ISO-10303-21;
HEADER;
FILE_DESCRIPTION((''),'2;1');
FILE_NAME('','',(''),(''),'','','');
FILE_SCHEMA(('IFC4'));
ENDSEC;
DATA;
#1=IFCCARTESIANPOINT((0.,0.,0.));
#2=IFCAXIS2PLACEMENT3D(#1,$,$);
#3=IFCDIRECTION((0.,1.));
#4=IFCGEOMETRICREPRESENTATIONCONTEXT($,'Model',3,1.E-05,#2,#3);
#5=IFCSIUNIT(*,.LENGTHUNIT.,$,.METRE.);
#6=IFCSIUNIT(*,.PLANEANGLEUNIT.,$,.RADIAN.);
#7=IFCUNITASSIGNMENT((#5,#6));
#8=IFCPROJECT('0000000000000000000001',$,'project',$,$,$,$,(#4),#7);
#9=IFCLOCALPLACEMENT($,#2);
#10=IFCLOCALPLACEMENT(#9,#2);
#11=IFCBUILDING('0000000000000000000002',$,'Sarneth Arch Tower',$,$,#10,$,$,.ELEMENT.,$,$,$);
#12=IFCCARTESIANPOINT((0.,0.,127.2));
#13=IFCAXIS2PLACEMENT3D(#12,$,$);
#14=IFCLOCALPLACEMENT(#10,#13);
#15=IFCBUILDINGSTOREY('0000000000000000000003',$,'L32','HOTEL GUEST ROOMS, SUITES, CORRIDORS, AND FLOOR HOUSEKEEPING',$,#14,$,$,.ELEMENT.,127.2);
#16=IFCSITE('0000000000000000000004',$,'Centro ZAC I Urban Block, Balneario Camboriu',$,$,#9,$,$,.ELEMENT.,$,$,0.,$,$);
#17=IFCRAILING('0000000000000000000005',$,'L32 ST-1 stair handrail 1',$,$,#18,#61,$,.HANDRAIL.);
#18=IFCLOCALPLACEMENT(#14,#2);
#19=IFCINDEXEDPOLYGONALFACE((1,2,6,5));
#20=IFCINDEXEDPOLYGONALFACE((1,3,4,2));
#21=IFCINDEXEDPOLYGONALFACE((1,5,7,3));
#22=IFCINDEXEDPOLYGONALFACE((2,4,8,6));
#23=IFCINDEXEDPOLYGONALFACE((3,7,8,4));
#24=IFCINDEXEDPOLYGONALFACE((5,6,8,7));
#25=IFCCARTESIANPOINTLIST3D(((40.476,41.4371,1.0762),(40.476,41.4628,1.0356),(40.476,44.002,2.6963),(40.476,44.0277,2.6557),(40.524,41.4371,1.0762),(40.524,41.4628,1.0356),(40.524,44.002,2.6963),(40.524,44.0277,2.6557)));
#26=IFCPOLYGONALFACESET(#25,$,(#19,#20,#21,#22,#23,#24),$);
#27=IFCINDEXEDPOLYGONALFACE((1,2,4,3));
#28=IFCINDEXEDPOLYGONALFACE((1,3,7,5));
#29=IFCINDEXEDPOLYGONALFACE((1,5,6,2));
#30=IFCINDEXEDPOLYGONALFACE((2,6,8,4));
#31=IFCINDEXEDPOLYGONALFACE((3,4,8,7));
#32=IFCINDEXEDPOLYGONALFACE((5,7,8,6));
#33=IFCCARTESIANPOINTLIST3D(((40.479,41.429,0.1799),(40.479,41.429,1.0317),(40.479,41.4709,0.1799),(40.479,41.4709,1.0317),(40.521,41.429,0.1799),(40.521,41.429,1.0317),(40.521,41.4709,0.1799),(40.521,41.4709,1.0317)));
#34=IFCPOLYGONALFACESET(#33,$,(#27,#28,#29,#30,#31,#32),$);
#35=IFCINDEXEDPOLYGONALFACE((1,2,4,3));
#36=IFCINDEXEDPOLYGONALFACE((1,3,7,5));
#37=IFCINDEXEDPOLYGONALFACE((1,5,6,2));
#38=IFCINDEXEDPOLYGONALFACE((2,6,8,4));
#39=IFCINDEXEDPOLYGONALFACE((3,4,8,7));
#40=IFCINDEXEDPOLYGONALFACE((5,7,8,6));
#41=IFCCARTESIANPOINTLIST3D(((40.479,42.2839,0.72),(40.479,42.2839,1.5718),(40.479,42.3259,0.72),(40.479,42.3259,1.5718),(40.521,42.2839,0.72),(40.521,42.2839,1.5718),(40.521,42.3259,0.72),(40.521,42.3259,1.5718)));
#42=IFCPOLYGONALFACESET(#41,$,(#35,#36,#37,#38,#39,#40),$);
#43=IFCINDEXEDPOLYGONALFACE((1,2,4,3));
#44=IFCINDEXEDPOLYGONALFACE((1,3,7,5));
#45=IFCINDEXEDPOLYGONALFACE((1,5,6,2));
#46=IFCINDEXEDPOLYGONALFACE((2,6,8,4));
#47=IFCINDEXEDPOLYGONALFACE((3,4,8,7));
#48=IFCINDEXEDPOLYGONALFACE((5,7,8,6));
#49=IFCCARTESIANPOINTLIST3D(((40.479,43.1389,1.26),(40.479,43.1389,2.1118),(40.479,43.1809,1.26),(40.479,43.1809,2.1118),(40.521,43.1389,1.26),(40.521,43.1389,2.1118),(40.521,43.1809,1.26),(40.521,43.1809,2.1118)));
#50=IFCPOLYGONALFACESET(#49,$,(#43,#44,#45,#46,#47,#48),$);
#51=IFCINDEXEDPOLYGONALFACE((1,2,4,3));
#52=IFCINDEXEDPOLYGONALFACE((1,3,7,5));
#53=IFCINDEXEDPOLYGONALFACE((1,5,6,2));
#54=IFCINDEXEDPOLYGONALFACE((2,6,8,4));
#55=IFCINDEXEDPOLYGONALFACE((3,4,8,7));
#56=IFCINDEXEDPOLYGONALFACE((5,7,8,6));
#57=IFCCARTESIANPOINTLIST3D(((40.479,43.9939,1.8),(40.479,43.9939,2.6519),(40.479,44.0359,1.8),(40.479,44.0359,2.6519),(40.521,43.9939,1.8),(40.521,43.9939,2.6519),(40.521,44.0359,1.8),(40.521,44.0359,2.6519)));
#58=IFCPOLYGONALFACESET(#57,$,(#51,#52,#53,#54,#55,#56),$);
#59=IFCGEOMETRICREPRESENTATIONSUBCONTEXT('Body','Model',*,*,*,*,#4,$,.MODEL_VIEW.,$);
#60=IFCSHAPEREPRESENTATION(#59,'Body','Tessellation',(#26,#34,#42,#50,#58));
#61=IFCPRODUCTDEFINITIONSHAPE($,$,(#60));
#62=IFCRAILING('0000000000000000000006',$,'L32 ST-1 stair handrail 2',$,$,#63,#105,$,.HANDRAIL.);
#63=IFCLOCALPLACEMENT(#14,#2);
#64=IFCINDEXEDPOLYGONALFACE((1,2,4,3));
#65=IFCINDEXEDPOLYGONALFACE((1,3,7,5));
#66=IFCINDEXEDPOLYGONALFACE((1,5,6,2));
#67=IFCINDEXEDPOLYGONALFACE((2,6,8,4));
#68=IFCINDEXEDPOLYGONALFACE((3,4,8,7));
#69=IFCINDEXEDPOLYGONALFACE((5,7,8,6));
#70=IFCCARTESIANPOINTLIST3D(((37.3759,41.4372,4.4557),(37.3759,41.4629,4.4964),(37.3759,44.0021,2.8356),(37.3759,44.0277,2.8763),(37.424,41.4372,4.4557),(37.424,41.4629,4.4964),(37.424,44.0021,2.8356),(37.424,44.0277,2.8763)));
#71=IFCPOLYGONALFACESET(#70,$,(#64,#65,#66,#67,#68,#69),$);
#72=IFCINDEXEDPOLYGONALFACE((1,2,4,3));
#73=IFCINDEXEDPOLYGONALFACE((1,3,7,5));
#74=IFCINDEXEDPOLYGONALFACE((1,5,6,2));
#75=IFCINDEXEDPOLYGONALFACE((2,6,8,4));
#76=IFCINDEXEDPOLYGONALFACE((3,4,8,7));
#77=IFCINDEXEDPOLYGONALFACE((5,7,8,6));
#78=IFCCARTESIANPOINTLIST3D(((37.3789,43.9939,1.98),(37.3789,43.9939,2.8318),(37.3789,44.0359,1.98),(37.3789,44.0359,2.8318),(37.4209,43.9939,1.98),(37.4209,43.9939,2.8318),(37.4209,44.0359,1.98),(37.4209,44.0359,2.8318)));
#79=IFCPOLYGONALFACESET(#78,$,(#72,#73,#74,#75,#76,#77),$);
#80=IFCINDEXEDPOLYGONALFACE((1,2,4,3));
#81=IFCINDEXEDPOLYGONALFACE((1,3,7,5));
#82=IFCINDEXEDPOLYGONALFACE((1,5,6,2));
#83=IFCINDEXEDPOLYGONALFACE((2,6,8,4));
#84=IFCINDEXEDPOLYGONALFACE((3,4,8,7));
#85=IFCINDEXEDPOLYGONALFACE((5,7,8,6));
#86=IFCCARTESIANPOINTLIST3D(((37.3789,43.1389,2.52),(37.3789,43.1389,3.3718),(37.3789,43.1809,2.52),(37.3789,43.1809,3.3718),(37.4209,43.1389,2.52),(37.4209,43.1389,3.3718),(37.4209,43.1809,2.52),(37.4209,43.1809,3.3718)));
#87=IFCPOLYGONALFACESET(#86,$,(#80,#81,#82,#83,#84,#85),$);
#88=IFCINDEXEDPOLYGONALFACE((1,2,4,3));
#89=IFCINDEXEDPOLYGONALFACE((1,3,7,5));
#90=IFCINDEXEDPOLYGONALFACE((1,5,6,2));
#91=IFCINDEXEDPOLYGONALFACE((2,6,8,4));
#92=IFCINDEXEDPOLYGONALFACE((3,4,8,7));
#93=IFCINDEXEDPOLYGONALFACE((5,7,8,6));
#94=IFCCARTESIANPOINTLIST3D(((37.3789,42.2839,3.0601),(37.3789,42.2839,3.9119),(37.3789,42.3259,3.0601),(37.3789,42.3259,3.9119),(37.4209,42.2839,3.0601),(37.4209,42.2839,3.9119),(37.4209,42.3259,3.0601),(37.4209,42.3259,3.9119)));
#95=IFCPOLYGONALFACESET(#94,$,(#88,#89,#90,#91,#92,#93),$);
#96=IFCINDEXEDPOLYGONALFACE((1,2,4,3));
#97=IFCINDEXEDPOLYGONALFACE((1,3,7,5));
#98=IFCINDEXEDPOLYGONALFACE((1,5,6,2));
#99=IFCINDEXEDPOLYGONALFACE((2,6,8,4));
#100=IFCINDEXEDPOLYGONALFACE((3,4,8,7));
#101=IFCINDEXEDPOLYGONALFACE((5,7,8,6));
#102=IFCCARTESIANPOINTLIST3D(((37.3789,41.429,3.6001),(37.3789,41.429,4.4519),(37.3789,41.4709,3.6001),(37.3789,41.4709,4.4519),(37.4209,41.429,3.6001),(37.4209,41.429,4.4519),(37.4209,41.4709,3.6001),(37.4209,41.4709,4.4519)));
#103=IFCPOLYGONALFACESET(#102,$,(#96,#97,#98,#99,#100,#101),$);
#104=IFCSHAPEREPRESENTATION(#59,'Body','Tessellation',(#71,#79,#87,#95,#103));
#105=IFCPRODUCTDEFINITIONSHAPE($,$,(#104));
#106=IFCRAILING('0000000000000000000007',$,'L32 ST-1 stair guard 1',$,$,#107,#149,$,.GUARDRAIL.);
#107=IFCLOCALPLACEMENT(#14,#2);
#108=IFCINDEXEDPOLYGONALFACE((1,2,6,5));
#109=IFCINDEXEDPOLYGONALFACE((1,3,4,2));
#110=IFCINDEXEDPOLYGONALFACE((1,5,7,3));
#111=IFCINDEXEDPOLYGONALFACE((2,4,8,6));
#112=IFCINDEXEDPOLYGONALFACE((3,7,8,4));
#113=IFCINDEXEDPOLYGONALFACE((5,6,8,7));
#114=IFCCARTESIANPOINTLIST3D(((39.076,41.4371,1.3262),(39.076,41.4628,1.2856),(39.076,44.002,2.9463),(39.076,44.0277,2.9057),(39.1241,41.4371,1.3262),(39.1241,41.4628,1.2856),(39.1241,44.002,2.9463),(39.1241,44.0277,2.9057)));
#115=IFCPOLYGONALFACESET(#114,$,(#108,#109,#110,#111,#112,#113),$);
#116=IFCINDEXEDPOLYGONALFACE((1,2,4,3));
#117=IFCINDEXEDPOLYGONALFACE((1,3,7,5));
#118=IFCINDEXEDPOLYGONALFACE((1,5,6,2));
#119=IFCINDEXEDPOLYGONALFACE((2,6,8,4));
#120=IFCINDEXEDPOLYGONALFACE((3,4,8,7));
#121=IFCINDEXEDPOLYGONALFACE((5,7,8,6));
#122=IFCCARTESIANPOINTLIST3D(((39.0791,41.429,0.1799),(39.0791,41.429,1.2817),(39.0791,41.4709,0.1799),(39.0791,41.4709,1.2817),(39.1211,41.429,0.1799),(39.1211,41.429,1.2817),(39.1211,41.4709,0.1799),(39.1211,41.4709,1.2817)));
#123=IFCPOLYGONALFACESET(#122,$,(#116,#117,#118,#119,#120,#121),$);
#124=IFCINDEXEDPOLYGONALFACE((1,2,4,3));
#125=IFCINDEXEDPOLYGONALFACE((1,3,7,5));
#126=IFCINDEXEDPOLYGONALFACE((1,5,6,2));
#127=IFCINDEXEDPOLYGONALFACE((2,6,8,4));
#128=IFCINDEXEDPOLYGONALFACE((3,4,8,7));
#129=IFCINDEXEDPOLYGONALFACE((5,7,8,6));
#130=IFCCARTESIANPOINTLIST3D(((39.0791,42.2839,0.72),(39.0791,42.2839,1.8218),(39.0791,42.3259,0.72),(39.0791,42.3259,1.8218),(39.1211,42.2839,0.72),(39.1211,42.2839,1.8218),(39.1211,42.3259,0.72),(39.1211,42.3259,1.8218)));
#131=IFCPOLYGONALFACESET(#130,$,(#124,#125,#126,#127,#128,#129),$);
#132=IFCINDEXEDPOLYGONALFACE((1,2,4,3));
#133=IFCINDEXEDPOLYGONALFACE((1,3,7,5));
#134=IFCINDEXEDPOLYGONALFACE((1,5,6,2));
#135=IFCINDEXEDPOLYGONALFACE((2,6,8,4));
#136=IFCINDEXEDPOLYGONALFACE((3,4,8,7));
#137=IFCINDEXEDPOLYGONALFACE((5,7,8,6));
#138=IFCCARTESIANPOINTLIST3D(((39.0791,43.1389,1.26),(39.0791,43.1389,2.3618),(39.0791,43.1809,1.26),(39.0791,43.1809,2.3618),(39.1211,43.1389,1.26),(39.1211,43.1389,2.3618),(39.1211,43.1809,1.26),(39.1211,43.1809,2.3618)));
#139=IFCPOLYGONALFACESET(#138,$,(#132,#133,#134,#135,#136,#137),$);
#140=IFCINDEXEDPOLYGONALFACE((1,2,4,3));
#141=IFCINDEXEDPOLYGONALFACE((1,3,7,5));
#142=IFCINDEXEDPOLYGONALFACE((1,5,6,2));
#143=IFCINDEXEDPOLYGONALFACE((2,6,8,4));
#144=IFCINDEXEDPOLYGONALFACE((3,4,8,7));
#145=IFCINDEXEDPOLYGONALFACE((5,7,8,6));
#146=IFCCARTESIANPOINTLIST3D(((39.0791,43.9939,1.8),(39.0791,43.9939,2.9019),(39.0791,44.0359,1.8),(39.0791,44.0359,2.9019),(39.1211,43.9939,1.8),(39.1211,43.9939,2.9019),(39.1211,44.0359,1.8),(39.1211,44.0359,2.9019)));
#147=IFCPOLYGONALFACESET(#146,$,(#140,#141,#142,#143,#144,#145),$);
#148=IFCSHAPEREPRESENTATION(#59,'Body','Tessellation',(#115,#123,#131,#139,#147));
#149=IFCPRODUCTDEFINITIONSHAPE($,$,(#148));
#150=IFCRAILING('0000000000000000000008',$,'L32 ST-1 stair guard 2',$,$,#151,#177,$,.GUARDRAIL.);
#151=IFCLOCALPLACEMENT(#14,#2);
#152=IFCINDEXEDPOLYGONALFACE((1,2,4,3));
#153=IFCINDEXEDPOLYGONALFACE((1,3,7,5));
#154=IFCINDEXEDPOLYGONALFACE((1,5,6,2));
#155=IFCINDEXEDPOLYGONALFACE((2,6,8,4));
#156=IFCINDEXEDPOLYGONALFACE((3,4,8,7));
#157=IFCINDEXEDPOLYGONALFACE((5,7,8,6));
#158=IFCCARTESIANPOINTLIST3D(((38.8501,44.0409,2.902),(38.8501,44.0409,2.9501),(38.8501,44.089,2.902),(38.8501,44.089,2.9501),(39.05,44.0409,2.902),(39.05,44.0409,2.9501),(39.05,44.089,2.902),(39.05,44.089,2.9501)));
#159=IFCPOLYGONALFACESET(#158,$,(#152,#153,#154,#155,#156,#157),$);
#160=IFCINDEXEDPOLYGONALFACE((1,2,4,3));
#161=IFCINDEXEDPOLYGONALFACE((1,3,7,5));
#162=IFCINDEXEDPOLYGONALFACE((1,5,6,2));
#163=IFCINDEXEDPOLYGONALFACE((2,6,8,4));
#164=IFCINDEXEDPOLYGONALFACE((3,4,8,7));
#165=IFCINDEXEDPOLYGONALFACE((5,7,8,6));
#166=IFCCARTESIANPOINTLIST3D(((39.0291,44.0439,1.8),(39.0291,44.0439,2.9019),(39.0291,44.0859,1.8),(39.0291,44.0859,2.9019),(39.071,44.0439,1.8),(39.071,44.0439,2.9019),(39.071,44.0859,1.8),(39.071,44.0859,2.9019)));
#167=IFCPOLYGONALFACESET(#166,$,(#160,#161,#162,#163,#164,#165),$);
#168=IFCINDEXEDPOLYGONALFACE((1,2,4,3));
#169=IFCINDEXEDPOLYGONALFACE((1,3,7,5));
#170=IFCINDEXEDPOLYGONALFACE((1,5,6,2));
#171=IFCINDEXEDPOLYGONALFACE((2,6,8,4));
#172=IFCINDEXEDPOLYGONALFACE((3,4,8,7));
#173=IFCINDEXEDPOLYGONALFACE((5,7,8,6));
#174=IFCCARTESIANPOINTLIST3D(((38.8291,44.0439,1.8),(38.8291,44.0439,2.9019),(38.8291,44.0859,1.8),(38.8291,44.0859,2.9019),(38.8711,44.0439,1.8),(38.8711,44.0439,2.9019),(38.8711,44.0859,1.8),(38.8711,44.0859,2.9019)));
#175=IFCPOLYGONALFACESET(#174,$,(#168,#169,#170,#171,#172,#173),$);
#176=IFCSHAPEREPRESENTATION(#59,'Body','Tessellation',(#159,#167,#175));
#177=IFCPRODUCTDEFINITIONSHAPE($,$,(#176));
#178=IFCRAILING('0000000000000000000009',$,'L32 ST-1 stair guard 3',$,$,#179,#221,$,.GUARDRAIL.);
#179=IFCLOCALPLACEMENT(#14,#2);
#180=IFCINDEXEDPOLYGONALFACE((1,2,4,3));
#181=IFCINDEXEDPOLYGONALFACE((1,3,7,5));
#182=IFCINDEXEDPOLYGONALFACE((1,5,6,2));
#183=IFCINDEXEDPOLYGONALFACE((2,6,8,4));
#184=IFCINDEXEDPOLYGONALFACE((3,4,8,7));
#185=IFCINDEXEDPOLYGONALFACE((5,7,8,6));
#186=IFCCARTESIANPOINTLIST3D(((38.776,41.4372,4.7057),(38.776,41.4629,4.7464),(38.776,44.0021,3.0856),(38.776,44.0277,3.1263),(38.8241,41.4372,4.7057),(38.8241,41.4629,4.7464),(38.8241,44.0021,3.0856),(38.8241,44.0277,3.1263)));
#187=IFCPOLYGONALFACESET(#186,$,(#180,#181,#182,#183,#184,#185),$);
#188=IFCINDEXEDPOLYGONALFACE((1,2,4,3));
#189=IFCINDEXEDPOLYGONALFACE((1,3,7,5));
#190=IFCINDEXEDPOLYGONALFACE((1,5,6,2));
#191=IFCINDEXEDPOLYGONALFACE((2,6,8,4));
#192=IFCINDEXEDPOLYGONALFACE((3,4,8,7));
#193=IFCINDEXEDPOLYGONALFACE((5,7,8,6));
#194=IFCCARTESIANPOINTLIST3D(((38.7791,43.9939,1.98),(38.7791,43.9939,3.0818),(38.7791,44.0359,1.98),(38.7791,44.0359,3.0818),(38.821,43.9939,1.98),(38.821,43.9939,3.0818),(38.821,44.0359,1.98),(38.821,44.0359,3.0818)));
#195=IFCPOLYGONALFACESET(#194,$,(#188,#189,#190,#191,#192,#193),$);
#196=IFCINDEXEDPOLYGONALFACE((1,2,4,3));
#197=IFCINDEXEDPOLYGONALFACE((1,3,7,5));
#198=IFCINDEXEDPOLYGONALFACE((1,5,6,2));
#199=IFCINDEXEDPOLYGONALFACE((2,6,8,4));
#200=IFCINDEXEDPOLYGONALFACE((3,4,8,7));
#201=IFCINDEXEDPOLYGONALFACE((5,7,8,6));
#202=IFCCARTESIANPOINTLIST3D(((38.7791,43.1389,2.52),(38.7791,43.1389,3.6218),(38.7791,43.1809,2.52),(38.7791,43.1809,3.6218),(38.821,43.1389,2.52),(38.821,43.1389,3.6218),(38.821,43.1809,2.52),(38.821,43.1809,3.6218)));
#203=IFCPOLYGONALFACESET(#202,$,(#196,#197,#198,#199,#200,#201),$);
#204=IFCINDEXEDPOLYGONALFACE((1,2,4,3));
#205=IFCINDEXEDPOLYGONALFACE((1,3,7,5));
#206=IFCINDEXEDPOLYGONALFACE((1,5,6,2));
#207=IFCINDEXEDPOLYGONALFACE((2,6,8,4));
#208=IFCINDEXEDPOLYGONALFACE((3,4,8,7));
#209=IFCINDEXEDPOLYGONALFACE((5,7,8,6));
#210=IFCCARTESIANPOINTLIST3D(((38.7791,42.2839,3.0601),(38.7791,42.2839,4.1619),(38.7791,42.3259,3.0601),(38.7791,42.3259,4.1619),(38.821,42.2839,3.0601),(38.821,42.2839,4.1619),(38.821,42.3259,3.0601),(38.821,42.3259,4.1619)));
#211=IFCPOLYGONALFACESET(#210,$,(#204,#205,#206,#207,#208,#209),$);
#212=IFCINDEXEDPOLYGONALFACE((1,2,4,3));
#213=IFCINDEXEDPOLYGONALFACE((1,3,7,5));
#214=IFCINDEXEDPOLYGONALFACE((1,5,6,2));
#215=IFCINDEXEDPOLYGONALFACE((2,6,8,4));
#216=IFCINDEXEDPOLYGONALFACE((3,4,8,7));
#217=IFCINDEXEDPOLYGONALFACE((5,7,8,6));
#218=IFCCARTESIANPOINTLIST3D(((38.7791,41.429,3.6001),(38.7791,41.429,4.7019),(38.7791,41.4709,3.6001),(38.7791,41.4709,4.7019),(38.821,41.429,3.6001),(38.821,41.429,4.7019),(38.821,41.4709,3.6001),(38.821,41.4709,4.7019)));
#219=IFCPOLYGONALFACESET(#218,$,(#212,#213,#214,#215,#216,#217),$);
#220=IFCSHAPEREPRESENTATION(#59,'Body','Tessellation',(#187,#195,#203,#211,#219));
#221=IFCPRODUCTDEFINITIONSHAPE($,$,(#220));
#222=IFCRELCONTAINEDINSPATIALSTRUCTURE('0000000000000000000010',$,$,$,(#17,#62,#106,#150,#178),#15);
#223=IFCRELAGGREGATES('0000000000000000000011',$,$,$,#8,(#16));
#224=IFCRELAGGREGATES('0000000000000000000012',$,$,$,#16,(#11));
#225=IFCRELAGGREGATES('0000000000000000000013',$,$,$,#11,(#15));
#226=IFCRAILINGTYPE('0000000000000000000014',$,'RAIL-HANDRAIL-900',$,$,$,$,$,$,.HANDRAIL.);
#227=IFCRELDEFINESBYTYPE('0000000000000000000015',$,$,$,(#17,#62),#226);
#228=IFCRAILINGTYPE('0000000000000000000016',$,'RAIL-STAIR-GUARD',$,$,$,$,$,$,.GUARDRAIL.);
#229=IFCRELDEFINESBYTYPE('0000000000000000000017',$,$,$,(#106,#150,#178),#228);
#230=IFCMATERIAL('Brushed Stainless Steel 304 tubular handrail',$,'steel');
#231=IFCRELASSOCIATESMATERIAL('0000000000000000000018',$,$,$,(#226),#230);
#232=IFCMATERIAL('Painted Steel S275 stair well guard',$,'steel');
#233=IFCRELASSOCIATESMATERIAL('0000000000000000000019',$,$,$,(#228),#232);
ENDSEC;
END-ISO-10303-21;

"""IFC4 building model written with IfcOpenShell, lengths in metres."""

from ifc_helpers import new_model, si_unit, direction, frame, origin, origin_2d, place, context, subcontext, project, spatial, rectangle, extrude, material, type_object, element, save


model = new_model("IFC4")

# Units and contexts
model_context = context("Model", 3, precision=1e-05, world=origin(), true_north=direction((0.0, 1.0)))
body_context = subcontext(model_context, "Body", "Model", "MODEL_VIEW")
ifc_project = project(units=[si_unit("LENGTHUNIT", "METRE"), si_unit("PLANEANGLEUNIT", "RADIAN")], contexts=[model_context])

# Site, building, storey
site_placement = place(None, origin())
site = spatial("IfcSite", under=ifc_project, at=site_placement, Name="Centro ZAC I Urban Block, Balneario Camboriu", CompositionType="ELEMENT", RefElevation=0.0)
building_placement = place(site_placement, origin())
building = spatial("IfcBuilding", under=site, at=building_placement, Name="Sarneth Arch Tower", CompositionType="ELEMENT")
storey_placement = place(building_placement, frame((0.0, 0.0, 127.2)))
storey = spatial("IfcBuildingStorey", under=building, at=storey_placement, Name="L32", Description="HOTEL GUEST ROOMS, SUITES, CORRIDORS, AND FLOOR HOUSEKEEPING", CompositionType="ELEMENT", Elevation=127.2)

# Railings
ifc_material_1 = material(Name="Brushed Stainless Steel 304 tubular handrail", Category="steel")
railing_type_1 = type_object("IfcRailingType", Name="RAIL-HANDRAIL-900", PredefinedType="HANDRAIL", material=ifc_material_1)
railing_1_placement = place(storey_placement, frame((40.5, 41.45, 0.1799)))
element("IfcRailing", 1, at=railing_1_placement, inside=storey, type_object=railing_type_1, Name="L32 ST-1 stair handrail 1", PredefinedType="HANDRAIL", context=body_context, shape_type="SweptSolid", body=[
    extrude(rectangle(XDim=0.0481, YDim=0.0481, at=origin_2d()), frame((0.0, 0.0, 0.876), z_axis=(0.0, 0.845466, 0.534029), x_axis=(-1.0, 0.0, 0.0)), (0.0, 0.0, 1.0), 3.0337),
    extrude(rectangle(XDim=0.042, YDim=0.042, at=origin_2d()), origin(), (0.0, 0.0, 1.0), 0.8518),
    extrude(rectangle(XDim=0.042, YDim=0.042, at=origin_2d()), frame((0.0, 0.855, 0.54)), (0.0, 0.0, 1.0), 0.8518),
    extrude(rectangle(XDim=0.042, YDim=0.042, at=origin_2d()), frame((0.0, 1.71, 1.0801)), (0.0, 0.0, 1.0), 0.8518),
    extrude(rectangle(XDim=0.042, YDim=0.042, at=origin_2d()), frame((0.0, 2.5649, 1.6201)), (0.0, 0.0, 1.0), 0.8518),
])
railing_2_placement = place(storey_placement, frame((37.3999, 44.0149, 1.98)))
element("IfcRailing", 2, at=railing_2_placement, inside=storey, type_object=railing_type_1, Name="L32 ST-1 stair handrail 2", PredefinedType="HANDRAIL", context=body_context, shape_type="SweptSolid", body=[
    extrude(rectangle(XDim=0.0481, YDim=0.0481, at=origin_2d()), frame((0.0, 0.0, 0.876), z_axis=(0.0, -0.845466, 0.534029), x_axis=(1.0, 0.0, 0.0)), (0.0, 0.0, 1.0), 3.0337),
    extrude(rectangle(XDim=0.042, YDim=0.042, at=origin_2d()), origin(), (0.0, 0.0, 1.0), 0.8518),
    extrude(rectangle(XDim=0.042, YDim=0.042, at=origin_2d()), frame((0.0, -0.855, 0.54)), (0.0, 0.0, 1.0), 0.8518),
    extrude(rectangle(XDim=0.042, YDim=0.042, at=origin_2d()), frame((0.0, -1.71, 1.0801)), (0.0, 0.0, 1.0), 0.8518),
    extrude(rectangle(XDim=0.042, YDim=0.042, at=origin_2d()), frame((0.0, -2.5649, 1.6201)), (0.0, 0.0, 1.0), 0.8518),
])
ifc_material_2 = material(Name="Painted Steel S275 stair well guard", Category="steel")
railing_type_2 = type_object("IfcRailingType", Name="RAIL-STAIR-GUARD", PredefinedType="GUARDRAIL", material=ifc_material_2)
railing_3_placement = place(storey_placement, frame((39.1001, 41.45, 0.1799)))
element("IfcRailing", 3, at=railing_3_placement, inside=storey, type_object=railing_type_2, Name="L32 ST-1 stair guard 1", PredefinedType="GUARDRAIL", context=body_context, shape_type="SweptSolid", body=[
    extrude(rectangle(XDim=0.0481, YDim=0.0481, at=origin_2d()), frame((0.0, 0.0, 1.126), z_axis=(0.0, 0.845466, 0.534029), x_axis=(-1.0, 0.0, 0.0)), (0.0, 0.0, 1.0), 3.0337),
    extrude(rectangle(XDim=0.042, YDim=0.042, at=origin_2d()), origin(), (0.0, 0.0, 1.0), 1.1018),
    extrude(rectangle(XDim=0.042, YDim=0.042, at=origin_2d()), frame((0.0, 0.855, 0.54)), (0.0, 0.0, 1.0), 1.1018),
    extrude(rectangle(XDim=0.042, YDim=0.042, at=origin_2d()), frame((0.0, 1.71, 1.0801)), (0.0, 0.0, 1.0), 1.1018),
    extrude(rectangle(XDim=0.042, YDim=0.042, at=origin_2d()), frame((0.0, 2.5649, 1.6201)), (0.0, 0.0, 1.0), 1.1018),
])
railing_4_placement = place(storey_placement, frame((39.05, 44.0649, 1.8)))
element("IfcRailing", 4, at=railing_4_placement, inside=storey, type_object=railing_type_2, Name="L32 ST-1 stair guard 2", PredefinedType="GUARDRAIL", context=body_context, shape_type="SweptSolid", body=[
    extrude(rectangle(XDim=0.0481, YDim=0.0481, at=origin_2d()), frame((0.0, 0.0, 1.126), z_axis=(-1.0, 0.0, 0.0), x_axis=(0.0, -1.0, 0.0)), (0.0, 0.0, 1.0), 0.2),
    extrude(rectangle(XDim=0.042, YDim=0.042, at=origin_2d()), origin(), (0.0, 0.0, 1.0), 1.1018),
    extrude(rectangle(XDim=0.042, YDim=0.042, at=origin_2d()), frame((-0.2, 0.0, 0.0)), (0.0, 0.0, 1.0), 1.1018),
])
railing_5_placement = place(storey_placement, frame((38.8, 44.0149, 1.98)))
element("IfcRailing", 5, at=railing_5_placement, inside=storey, type_object=railing_type_2, Name="L32 ST-1 stair guard 3", PredefinedType="GUARDRAIL", context=body_context, shape_type="SweptSolid", body=[
    extrude(rectangle(XDim=0.0481, YDim=0.0481, at=origin_2d()), frame((0.0, 0.0, 1.126), z_axis=(0.0, -0.845466, 0.534029), x_axis=(1.0, 0.0, 0.0)), (0.0, 0.0, 1.0), 3.0337),
    extrude(rectangle(XDim=0.042, YDim=0.042, at=origin_2d()), origin(), (0.0, 0.0, 1.0), 1.1018),
    extrude(rectangle(XDim=0.042, YDim=0.042, at=origin_2d()), frame((0.0, -0.855, 0.54)), (0.0, 0.0, 1.0), 1.1018),
    extrude(rectangle(XDim=0.042, YDim=0.042, at=origin_2d()), frame((0.0, -1.71, 1.0801)), (0.0, 0.0, 1.0), 1.1018),
    extrude(rectangle(XDim=0.042, YDim=0.042, at=origin_2d()), frame((0.0, -2.5649, 1.6201)), (0.0, 0.0, 1.0), 1.1018),
])

save(model, "model.ifc")
